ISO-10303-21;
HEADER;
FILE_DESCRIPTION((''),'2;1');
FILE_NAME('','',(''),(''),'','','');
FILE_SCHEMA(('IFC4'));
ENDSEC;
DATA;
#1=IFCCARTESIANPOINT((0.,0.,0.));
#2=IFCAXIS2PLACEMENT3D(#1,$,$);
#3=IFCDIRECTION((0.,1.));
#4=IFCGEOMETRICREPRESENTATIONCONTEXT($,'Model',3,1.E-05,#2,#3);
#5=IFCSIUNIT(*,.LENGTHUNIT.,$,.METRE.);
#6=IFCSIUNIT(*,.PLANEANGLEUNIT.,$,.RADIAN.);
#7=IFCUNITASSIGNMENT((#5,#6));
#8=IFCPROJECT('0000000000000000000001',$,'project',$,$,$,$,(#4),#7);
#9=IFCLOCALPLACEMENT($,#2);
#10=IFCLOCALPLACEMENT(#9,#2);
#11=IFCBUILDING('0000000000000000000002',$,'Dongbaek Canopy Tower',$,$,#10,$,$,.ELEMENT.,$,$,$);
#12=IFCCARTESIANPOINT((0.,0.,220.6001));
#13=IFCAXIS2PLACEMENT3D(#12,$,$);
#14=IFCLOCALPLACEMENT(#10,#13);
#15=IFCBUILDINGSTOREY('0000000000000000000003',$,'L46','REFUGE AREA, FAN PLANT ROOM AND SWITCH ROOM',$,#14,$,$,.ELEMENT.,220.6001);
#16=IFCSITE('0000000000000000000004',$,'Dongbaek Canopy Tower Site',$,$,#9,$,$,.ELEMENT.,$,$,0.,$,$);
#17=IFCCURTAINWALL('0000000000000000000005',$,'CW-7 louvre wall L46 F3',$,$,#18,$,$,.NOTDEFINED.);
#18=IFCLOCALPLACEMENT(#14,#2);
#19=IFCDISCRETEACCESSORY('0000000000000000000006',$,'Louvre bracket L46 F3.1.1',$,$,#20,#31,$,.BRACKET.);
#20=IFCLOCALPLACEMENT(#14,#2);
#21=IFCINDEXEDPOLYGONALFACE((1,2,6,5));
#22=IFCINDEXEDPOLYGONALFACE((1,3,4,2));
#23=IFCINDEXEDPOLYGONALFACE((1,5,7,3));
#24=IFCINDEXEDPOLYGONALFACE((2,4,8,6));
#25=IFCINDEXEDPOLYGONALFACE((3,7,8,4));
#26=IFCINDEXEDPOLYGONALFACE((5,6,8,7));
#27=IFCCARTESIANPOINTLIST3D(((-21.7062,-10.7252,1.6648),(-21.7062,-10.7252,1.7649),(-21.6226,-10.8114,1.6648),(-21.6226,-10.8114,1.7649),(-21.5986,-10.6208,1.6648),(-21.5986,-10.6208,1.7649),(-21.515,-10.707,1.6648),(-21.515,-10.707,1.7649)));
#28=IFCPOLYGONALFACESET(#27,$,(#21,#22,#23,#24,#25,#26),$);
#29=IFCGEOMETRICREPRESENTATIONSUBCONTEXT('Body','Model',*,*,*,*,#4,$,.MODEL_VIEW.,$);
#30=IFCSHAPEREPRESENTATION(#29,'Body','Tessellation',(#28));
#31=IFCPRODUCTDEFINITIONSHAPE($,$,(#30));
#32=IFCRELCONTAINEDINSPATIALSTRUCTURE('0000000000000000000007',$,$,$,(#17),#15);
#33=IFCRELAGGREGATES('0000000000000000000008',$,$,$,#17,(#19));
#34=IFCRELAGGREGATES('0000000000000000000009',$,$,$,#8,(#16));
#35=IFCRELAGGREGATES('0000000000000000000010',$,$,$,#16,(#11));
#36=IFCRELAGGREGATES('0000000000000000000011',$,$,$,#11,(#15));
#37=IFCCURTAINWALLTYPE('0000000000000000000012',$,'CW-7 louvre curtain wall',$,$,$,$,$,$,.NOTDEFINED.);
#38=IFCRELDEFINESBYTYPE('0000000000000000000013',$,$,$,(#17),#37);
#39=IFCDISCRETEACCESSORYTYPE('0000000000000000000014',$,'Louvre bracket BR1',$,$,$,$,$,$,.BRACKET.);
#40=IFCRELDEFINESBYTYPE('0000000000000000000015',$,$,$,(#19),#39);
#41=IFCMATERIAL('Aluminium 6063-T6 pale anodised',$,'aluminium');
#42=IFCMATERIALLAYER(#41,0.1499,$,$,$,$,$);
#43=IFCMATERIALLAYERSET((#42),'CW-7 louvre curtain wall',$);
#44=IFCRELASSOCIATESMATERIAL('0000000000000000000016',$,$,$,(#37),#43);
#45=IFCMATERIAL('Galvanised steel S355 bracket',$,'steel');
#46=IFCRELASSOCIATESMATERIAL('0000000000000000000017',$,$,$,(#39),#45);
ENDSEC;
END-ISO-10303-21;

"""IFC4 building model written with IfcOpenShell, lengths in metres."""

from ifc_helpers import new_model, si_unit, direction, frame, origin, origin_2d, place, context, subcontext, project, spatial, rectangle, extrude, material, layer, layer_set, type_object, element, aggregate, save


model = new_model("IFC4")

# Units and contexts
model_context = context("Model", 3, precision=1e-05, world=origin(), true_north=direction((0.0, 1.0)))
body_context = subcontext(model_context, "Body", "Model", "MODEL_VIEW")
ifc_project = project(units=[si_unit("LENGTHUNIT", "METRE"), si_unit("PLANEANGLEUNIT", "RADIAN")], contexts=[model_context])

# Site, building, storey
site_placement = place(None, origin())
site = spatial("IfcSite", under=ifc_project, at=site_placement, Name="Dongbaek Canopy Tower Site", CompositionType="ELEMENT", RefElevation=0.0)
building_placement = place(site_placement, origin())
building = spatial("IfcBuilding", under=site, at=building_placement, Name="Dongbaek Canopy Tower", CompositionType="ELEMENT")
storey_placement = place(building_placement, frame((0.0, 0.0, 220.6001)))
storey = spatial("IfcBuildingStorey", under=building, at=storey_placement, Name="L46", Description="REFUGE AREA, FAN PLANT ROOM AND SWITCH ROOM", CompositionType="ELEMENT", Elevation=220.6001)

# Shared definitions
ifc_material_1 = material(Name="Aluminium 6063-T6 pale anodised", Category="aluminium")
ifc_layer_1 = layer(ifc_material_1, 0.1499)
ifc_layer_set_1 = layer_set([ifc_layer_1], Name="CW-7 louvre curtain wall")
curtain_wall_type = type_object("IfcCurtainWallType", Name="CW-7 louvre curtain wall", PredefinedType="NOTDEFINED", material=ifc_layer_set_1)

# Curtain wall
curtain_wall_1_placement = place(storey_placement, origin())
curtain_wall_1 = element("IfcCurtainWall", 1, at=curtain_wall_1_placement, inside=storey, type_object=curtain_wall_type, Name="CW-7 louvre wall L46 F3", PredefinedType="NOTDEFINED")

# Discrete accessory
ifc_material_2 = material(Name="Galvanised steel S355 bracket", Category="steel")
discrete_accessory_type_1 = type_object("IfcDiscreteAccessoryType", Name="Louvre bracket BR1", PredefinedType="BRACKET", material=ifc_material_2)
discrete_accessory_1_placement = place(storey_placement, frame((-21.6106, -10.7161, 1.6648), z_axis=(0.0, 0.0, 1.0), x_axis=(0.696344, -0.717708, 0.0)))
discrete_accessory_1 = element("IfcDiscreteAccessory", 2, at=discrete_accessory_1_placement, type_object=discrete_accessory_type_1, Name="Louvre bracket L46 F3.1.1", PredefinedType="BRACKET", context=body_context, shape_type="SweptSolid", body=[
    extrude(rectangle(XDim=0.1201, YDim=0.1499, at=origin_2d()), origin(), (0.0, 0.0, 1.0), 0.1001),
])
aggregate(curtain_wall_1, [discrete_accessory_1])

save(model, "model.ifc")
